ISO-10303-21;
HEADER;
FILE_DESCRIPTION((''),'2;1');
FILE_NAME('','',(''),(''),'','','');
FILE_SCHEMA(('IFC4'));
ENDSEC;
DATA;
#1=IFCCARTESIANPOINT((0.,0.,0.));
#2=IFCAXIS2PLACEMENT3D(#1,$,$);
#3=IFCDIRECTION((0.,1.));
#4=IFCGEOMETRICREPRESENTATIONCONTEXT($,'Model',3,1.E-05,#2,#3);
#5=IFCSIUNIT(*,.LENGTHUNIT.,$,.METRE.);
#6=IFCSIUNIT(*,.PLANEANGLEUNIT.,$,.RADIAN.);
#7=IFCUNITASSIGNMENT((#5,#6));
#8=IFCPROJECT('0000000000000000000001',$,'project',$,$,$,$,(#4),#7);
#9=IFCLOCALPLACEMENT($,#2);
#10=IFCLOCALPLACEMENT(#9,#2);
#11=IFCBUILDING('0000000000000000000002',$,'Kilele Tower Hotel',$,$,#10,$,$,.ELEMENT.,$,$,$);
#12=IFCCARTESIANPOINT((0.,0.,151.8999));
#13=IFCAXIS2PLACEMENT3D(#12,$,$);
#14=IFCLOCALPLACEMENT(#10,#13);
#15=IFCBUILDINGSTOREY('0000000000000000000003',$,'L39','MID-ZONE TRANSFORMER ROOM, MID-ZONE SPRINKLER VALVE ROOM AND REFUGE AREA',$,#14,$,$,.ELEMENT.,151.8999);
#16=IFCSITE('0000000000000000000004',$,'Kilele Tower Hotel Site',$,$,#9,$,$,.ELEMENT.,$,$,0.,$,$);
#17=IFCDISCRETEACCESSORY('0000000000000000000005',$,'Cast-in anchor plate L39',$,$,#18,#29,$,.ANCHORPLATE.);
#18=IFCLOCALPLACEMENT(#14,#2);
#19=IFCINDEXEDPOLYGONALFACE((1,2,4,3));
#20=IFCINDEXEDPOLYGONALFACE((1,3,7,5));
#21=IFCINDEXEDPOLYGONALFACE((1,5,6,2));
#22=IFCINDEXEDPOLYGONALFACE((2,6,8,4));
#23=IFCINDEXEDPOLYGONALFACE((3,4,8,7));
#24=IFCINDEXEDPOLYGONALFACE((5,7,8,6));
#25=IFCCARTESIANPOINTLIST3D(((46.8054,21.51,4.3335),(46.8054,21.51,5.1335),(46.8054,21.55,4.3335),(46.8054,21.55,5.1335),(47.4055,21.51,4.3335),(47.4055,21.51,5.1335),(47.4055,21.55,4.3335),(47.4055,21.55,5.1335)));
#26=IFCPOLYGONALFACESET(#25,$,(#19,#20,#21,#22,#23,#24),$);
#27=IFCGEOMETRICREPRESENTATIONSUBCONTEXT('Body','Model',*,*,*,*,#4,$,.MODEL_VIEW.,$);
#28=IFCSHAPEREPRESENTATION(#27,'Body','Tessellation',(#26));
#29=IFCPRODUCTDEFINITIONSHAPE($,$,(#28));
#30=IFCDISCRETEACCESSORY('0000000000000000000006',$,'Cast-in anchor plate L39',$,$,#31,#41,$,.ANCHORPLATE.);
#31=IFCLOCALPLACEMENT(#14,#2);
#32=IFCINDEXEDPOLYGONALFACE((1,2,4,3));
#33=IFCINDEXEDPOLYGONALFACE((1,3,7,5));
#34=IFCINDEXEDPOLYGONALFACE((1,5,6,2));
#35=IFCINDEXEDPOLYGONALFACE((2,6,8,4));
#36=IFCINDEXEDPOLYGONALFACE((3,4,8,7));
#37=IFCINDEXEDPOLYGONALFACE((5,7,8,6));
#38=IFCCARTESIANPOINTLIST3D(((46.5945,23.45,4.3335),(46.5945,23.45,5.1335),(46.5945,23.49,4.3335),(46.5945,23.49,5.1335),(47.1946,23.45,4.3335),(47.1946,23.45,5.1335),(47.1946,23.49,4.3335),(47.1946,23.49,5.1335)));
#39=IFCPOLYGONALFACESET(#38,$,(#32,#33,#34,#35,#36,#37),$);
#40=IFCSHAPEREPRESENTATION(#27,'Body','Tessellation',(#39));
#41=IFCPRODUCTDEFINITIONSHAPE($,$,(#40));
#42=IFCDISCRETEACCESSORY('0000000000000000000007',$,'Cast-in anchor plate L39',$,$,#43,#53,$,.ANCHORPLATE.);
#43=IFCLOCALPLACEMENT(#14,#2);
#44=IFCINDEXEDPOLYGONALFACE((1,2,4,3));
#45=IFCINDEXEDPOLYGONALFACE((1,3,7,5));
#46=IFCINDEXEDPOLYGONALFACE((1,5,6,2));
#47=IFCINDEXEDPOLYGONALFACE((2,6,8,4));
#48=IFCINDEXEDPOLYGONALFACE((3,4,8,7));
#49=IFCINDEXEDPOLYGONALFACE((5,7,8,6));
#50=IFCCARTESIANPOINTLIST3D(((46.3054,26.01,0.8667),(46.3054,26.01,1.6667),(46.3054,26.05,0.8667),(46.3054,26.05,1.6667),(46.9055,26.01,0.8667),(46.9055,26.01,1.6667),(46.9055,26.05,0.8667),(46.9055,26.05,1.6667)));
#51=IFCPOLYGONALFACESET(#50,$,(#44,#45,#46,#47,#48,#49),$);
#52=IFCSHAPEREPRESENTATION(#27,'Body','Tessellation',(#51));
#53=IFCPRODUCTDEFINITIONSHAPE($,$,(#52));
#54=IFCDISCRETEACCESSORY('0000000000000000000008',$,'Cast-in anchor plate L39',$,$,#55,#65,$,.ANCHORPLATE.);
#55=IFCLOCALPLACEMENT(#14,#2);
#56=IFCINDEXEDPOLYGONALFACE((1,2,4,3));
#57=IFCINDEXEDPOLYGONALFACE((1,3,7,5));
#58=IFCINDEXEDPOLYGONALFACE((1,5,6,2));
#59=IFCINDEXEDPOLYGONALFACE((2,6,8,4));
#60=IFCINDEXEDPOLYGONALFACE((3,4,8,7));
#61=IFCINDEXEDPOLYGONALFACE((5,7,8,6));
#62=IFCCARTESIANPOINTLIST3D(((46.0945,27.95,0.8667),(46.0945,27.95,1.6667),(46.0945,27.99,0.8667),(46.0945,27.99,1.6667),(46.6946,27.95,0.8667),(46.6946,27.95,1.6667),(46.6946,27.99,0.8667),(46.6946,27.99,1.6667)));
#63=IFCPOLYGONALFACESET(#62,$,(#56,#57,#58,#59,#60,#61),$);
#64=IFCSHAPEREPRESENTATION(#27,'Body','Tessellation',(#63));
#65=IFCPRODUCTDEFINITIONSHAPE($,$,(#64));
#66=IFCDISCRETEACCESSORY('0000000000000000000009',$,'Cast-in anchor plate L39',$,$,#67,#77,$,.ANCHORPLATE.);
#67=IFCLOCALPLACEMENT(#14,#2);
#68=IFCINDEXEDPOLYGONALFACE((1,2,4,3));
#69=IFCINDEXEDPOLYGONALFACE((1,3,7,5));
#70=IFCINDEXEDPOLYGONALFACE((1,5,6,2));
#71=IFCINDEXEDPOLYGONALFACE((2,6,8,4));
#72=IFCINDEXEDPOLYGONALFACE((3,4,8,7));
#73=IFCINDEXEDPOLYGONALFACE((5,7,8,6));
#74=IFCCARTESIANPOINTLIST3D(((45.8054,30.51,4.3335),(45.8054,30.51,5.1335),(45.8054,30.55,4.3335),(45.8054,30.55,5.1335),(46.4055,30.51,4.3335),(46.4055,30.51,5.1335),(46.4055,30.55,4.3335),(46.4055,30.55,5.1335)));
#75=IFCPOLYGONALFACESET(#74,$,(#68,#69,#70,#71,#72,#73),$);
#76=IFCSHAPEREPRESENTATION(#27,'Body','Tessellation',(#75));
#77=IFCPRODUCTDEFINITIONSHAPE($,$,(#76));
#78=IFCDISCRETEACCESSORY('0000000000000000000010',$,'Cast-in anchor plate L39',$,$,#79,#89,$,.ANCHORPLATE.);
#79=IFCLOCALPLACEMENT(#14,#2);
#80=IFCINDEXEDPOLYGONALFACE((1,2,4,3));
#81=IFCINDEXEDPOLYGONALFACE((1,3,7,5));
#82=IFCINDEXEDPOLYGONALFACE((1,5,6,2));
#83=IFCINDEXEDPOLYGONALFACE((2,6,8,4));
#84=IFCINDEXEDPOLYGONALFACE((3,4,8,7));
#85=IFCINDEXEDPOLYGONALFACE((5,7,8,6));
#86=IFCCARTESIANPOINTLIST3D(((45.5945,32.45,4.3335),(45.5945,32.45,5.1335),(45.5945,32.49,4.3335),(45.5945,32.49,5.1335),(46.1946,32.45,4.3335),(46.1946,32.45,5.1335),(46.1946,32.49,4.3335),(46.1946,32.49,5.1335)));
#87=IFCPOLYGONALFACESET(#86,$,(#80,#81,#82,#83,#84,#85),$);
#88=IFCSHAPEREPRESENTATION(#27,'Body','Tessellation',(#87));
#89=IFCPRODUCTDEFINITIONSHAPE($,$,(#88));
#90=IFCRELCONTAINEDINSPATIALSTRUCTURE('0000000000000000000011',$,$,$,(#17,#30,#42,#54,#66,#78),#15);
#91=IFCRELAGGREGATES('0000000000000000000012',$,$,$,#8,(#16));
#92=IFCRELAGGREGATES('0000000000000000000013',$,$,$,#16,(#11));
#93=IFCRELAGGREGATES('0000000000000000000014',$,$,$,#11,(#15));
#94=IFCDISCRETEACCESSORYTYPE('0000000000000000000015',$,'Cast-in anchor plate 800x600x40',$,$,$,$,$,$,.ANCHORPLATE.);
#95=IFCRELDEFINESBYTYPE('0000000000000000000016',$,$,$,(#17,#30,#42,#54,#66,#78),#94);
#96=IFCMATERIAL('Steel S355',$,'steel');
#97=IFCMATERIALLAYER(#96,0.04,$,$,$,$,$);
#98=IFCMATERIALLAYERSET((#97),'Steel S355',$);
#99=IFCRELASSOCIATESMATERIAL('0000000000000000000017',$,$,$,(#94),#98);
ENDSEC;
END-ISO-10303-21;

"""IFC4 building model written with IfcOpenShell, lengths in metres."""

from ifc_helpers import new_model, si_unit, direction, frame, origin, place, context, subcontext, project, spatial, polyline, outline, extrude, source, transform, mapped, material, layer, layer_set, type_object, element, save


model = new_model("IFC4")

# Units and contexts
model_context = context("Model", 3, precision=1e-05, world=origin(), true_north=direction((0.0, 1.0)))
body_context = subcontext(model_context, "Body", "Model", "MODEL_VIEW")
ifc_project = project(units=[si_unit("LENGTHUNIT", "METRE"), si_unit("PLANEANGLEUNIT", "RADIAN")], contexts=[model_context])

# Site, building, storey
site_placement = place(None, origin())
site = spatial("IfcSite", under=ifc_project, at=site_placement, Name="Kilele Tower Hotel Site", CompositionType="ELEMENT", RefElevation=0.0)
building_placement = place(site_placement, origin())
building = spatial("IfcBuilding", under=site, at=building_placement, Name="Kilele Tower Hotel", CompositionType="ELEMENT")
storey_placement = place(building_placement, frame((0.0, 0.0, 151.8999)))
storey = spatial("IfcBuildingStorey", under=building, at=storey_placement, Name="L39", Description="MID-ZONE TRANSFORMER ROOM, MID-ZONE SPRINKLER VALVE ROOM AND REFUGE AREA", CompositionType="ELEMENT", Elevation=151.8999)

# Discrete accessories
ifc_material_1 = material(Name="Steel S355", Category="steel")
ifc_layer_1 = layer(ifc_material_1, 0.04)
ifc_layer_set_1 = layer_set([ifc_layer_1], Name="Steel S355")
discrete_accessory_type_1 = type_object("IfcDiscreteAccessoryType", Name="Cast-in anchor plate 800x600x40", PredefinedType="ANCHORPLATE", material=ifc_layer_set_1)
shared_shape_1 = source(origin(), body_context, "Body", "SweptSolid", [
    extrude(outline(polyline([(0.0, 0.0), (0.04, 0.0), (0.04, 0.8), (0.0, 0.8), (0.0, 0.0)])), origin(), (0.0, 0.0, 1.0), 0.6001),
])
for number, where, z_axis, x_axis, name in (
    (1, (47.4055, 21.55, 4.3335), (-1.0, 0.0, 0.0), (0.0, -1.0, 0.0), "Cast-in anchor plate L39"),
    (2, (46.5945, 23.45, 4.3335), (1.0, 0.0, 0.0), (0.0, 1.0, 0.0), "Cast-in anchor plate L39"),
    (3, (46.9055, 26.05, 0.8667), (-1.0, 0.0, 0.0), (0.0, -1.0, 0.0), "Cast-in anchor plate L39"),
    (4, (46.0945, 27.95, 0.8667), (1.0, 0.0, 0.0), (0.0, 1.0, 0.0), "Cast-in anchor plate L39"),
    (5, (46.4055, 30.55, 4.3335), (-1.0, 0.0, 0.0), (0.0, -1.0, 0.0), "Cast-in anchor plate L39"),
    (6, (45.5945, 32.45, 4.3335), (1.0, 0.0, 0.0), (0.0, 1.0, 0.0), "Cast-in anchor plate L39"),
):
    element("IfcDiscreteAccessory", number, at=place(storey_placement, frame(where, z_axis=z_axis, x_axis=x_axis)), inside=storey, type_object=discrete_accessory_type_1, Name=name, PredefinedType="ANCHORPLATE", context=body_context, shape_type="MappedRepresentation", body=[
        mapped(shared_shape_1, transform((0.0, 0.0, 0.0))),
    ])

save(model, "model.ifc")
